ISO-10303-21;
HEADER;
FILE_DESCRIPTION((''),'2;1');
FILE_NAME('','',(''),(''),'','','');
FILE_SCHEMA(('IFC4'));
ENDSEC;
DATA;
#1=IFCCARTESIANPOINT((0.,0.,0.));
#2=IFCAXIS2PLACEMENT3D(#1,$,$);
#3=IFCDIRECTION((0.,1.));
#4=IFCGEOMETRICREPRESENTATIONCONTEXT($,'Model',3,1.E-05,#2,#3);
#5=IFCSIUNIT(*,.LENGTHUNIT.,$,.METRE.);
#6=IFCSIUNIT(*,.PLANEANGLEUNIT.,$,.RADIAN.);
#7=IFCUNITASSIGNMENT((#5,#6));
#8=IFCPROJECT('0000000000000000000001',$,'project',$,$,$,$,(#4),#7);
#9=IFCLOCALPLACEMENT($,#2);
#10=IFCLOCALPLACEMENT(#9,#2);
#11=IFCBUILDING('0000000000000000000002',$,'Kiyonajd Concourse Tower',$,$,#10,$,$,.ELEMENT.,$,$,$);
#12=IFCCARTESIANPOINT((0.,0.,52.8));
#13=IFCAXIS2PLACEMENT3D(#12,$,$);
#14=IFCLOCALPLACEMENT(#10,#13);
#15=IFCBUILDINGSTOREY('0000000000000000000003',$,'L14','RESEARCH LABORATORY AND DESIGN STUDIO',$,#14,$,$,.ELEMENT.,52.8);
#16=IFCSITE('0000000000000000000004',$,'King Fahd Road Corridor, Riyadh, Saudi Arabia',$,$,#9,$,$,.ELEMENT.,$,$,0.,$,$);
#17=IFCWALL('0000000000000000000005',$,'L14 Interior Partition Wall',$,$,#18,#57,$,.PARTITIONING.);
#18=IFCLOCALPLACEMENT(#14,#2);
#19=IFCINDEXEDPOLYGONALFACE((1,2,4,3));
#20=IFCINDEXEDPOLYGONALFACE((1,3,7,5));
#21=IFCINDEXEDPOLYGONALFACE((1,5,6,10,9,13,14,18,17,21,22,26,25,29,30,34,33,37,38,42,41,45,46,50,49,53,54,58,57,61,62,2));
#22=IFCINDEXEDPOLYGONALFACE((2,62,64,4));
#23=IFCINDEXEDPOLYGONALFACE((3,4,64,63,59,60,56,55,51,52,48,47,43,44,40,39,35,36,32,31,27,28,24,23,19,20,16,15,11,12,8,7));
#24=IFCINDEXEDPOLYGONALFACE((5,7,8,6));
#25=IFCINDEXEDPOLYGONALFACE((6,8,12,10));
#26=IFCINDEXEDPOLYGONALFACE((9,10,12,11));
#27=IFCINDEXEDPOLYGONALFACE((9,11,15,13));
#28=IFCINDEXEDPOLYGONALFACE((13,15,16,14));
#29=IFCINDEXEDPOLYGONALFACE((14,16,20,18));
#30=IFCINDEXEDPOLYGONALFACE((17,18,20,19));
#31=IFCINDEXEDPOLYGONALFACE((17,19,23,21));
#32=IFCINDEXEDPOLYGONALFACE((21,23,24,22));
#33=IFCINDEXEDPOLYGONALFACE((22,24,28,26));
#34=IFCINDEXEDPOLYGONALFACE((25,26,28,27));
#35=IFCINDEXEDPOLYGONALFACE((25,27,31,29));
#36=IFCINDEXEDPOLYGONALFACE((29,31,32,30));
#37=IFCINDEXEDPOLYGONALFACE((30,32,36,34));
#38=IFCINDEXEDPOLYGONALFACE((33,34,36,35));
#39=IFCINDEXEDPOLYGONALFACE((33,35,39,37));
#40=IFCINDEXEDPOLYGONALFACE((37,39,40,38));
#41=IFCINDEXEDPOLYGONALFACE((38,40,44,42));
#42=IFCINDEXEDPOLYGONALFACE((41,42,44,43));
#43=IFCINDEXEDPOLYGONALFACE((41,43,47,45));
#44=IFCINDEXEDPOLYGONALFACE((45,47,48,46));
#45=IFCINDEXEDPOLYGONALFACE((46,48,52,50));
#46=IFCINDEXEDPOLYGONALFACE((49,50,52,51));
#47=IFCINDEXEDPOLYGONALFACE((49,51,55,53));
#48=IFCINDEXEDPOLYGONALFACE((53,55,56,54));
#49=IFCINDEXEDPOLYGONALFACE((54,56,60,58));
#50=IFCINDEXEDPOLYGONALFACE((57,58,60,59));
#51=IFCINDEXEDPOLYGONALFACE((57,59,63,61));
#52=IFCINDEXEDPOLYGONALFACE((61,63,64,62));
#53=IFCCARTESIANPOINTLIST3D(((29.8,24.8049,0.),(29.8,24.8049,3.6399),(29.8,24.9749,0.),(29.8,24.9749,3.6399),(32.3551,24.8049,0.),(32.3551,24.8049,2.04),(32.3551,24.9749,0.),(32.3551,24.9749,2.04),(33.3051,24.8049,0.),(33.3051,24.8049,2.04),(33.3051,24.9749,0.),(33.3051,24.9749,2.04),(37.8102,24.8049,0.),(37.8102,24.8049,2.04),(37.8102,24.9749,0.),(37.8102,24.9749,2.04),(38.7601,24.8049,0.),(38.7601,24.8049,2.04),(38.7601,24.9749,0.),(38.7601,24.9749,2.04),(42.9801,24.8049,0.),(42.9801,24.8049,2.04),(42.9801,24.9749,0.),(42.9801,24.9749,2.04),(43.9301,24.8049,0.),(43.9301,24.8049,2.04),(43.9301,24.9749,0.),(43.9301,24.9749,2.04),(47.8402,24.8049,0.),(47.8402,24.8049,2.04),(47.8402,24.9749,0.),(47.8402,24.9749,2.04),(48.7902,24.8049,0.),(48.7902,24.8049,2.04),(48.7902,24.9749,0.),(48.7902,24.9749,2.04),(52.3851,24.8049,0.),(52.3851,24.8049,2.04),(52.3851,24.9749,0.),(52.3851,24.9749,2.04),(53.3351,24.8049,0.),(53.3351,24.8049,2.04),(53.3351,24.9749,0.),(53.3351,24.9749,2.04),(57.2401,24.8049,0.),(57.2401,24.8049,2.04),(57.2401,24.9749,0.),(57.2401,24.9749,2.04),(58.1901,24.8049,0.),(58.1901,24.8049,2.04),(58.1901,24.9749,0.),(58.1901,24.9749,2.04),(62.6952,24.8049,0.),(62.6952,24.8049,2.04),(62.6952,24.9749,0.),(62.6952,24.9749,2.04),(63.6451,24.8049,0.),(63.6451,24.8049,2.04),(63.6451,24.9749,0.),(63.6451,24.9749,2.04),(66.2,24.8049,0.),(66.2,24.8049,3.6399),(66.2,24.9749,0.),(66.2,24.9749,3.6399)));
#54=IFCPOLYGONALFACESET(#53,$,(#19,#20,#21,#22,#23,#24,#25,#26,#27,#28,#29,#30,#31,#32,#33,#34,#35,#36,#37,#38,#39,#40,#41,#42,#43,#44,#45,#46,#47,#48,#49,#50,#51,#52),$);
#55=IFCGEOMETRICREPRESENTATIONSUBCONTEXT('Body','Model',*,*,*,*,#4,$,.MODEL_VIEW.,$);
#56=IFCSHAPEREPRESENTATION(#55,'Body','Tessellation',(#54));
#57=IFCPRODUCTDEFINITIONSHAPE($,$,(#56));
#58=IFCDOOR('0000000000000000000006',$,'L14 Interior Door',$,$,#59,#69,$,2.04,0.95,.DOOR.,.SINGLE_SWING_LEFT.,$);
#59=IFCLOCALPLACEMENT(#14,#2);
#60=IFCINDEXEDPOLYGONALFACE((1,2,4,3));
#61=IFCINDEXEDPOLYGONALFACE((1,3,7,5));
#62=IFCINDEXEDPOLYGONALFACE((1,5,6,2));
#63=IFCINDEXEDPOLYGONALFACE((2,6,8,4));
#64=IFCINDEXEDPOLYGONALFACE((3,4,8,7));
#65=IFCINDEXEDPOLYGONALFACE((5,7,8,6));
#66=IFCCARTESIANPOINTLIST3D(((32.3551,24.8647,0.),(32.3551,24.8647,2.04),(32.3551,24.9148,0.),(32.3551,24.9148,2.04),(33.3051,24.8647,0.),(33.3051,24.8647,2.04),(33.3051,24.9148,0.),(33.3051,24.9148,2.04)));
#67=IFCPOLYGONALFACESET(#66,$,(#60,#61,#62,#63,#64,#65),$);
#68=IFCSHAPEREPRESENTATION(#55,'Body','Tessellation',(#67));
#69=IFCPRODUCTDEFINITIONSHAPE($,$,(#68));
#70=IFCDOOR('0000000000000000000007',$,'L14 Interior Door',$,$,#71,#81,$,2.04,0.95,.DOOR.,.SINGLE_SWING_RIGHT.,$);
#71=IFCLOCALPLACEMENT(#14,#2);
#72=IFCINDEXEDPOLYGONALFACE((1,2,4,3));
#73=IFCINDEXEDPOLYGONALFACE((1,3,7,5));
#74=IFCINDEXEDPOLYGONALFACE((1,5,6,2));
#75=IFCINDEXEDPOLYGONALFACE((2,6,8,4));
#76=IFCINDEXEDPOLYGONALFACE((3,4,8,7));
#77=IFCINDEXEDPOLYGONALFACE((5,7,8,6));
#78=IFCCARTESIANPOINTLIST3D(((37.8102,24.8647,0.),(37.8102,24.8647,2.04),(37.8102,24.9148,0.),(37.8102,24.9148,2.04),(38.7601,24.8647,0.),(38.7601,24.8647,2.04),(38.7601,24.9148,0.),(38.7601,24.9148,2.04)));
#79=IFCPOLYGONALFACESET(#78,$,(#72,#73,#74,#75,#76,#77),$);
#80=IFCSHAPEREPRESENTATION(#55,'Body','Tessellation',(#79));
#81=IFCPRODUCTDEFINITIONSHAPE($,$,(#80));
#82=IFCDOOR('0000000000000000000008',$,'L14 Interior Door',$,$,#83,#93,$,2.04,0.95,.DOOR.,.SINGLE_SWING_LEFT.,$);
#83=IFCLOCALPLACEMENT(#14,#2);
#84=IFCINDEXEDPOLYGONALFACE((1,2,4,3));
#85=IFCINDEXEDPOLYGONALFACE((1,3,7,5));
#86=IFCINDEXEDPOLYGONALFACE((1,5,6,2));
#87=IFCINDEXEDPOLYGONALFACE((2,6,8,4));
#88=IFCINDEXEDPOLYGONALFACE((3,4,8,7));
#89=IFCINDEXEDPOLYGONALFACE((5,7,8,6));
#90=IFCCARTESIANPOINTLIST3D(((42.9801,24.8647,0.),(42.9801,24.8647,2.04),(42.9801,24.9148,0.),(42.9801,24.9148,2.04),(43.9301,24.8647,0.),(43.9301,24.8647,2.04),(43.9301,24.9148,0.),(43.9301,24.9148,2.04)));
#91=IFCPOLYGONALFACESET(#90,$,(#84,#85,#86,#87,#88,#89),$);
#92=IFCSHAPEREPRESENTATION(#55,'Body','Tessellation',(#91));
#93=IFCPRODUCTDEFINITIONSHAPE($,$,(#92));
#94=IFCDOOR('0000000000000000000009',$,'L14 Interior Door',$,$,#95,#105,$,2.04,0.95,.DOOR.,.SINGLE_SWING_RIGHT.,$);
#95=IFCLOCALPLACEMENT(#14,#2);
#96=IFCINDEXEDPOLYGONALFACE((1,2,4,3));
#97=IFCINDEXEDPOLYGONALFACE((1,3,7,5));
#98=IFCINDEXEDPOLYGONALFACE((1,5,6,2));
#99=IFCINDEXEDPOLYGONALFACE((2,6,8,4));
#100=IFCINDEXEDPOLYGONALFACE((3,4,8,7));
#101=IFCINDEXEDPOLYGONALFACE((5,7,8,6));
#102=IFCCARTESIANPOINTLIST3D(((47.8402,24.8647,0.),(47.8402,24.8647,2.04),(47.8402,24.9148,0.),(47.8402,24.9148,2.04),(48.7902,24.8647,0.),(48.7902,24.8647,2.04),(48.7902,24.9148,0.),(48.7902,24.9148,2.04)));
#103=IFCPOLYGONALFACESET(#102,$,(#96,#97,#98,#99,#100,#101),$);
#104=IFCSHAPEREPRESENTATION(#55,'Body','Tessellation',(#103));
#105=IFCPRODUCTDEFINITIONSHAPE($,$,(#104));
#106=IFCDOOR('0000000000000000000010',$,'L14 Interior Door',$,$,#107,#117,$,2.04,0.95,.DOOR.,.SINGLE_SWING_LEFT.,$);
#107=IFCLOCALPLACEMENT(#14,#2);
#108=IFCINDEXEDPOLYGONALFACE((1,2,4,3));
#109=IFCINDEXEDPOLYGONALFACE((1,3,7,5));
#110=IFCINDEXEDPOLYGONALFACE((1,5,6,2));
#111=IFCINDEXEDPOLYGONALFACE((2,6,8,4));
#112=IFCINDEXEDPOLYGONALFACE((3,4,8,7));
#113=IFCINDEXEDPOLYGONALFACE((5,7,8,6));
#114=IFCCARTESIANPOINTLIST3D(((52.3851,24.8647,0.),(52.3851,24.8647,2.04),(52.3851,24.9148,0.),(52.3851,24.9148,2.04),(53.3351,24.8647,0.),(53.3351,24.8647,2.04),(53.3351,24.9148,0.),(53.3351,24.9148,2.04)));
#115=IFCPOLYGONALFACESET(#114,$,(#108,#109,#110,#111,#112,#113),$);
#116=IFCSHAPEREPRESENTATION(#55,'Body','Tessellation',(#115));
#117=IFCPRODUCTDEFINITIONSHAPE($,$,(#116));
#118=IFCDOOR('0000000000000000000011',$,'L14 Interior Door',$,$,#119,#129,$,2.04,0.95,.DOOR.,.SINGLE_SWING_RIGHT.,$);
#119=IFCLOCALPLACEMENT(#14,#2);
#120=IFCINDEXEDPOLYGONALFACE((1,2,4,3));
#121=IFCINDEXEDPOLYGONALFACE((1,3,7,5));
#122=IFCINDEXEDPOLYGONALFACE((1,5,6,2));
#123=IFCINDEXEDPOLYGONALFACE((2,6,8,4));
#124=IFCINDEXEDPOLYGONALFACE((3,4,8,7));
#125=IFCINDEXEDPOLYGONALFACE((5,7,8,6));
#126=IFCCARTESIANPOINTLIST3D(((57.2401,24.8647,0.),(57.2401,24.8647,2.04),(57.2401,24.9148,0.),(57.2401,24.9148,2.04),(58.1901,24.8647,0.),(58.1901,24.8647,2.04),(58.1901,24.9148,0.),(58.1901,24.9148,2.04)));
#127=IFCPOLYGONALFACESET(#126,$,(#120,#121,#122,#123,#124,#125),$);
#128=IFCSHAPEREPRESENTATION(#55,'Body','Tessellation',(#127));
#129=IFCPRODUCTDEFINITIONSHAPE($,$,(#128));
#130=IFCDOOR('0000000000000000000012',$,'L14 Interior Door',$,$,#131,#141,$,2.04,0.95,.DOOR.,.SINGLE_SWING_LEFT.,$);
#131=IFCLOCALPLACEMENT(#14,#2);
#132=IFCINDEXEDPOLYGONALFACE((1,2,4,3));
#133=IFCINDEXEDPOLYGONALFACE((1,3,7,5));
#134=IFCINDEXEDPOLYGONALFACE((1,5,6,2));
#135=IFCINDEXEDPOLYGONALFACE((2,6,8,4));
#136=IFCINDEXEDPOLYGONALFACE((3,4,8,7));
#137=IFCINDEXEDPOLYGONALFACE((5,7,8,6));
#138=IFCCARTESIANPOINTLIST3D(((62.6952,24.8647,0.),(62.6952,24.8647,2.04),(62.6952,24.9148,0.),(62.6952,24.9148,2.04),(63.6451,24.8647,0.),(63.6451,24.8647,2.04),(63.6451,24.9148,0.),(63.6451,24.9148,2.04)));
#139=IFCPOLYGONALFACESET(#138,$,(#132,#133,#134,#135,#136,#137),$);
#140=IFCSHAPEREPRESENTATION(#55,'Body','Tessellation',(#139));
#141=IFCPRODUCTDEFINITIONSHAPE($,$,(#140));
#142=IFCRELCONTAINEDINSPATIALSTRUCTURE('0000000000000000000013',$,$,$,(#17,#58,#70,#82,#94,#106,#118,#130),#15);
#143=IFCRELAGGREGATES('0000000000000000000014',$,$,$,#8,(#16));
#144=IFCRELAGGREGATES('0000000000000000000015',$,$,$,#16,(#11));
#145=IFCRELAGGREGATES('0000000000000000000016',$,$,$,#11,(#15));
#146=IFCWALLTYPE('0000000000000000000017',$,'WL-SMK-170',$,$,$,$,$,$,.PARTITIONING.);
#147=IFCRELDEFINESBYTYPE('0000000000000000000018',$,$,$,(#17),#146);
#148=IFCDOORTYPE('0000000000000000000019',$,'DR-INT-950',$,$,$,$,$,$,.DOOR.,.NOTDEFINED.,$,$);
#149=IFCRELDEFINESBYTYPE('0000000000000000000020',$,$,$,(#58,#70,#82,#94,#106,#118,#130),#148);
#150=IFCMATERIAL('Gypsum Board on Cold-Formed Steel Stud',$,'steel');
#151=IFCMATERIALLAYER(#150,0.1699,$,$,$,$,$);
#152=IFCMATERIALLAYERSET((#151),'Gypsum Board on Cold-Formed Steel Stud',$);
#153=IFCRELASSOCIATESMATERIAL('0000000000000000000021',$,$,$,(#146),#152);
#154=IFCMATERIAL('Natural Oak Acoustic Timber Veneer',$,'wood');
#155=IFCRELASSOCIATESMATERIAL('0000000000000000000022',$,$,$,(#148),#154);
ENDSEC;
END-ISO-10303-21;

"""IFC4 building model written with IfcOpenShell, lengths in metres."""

from ifc_helpers import new_model, si_unit, direction, frame, frame_2d, origin, place, context, subcontext, project, spatial, rectangle, extrude, material, layer, layer_set, type_object, element, fill, save


model = new_model("IFC4")

# Units and contexts
model_context = context("Model", 3, precision=1e-05, world=origin(), true_north=direction((0.0, 1.0)))
body_context = subcontext(model_context, "Body", "Model", "MODEL_VIEW")
ifc_project = project(units=[si_unit("LENGTHUNIT", "METRE"), si_unit("PLANEANGLEUNIT", "RADIAN")], contexts=[model_context])

# Site, building, storey
site_placement = place(None, origin())
site = spatial("IfcSite", under=ifc_project, at=site_placement, Name="King Fahd Road Corridor, Riyadh, Saudi Arabia", CompositionType="ELEMENT", RefElevation=0.0)
building_placement = place(site_placement, origin())
building = spatial("IfcBuilding", under=site, at=building_placement, Name="Kiyonajd Concourse Tower", CompositionType="ELEMENT")
storey_placement = place(building_placement, frame((0.0, 0.0, 52.8)))
storey = spatial("IfcBuildingStorey", under=building, at=storey_placement, Name="L14", Description="RESEARCH LABORATORY AND DESIGN STUDIO", CompositionType="ELEMENT", Elevation=52.8)

# Wall, openings, doors
ifc_material_1 = material(Name="Gypsum Board on Cold-Formed Steel Stud", Category="steel")
ifc_layer_1 = layer(ifc_material_1, 0.1699)
ifc_layer_set_1 = layer_set([ifc_layer_1], Name="Gypsum Board on Cold-Formed Steel Stud")
wall_type_1 = type_object("IfcWallType", Name="WL-SMK-170", PredefinedType="PARTITIONING", material=ifc_layer_set_1)
wall_1_placement = place(storey_placement, frame((29.8, 24.8899, 0.0), z_axis=(0.0, 0.0, 1.0), x_axis=(1.0, 0.0, 0.0)))
wall_1 = element("IfcWall", 1, at=wall_1_placement, inside=storey, type_object=wall_type_1, Name="L14 Interior Partition Wall", PredefinedType="PARTITIONING", context=body_context, shape_type="SweptSolid", body=[
    extrude(rectangle(XDim=36.3999, YDim=0.1699, at=frame_2d((18.2, 0.0))), origin(), (0.0, 0.0, 1.0), 3.6399),
])
opening_1_placement = place(wall_1_placement, frame((2.5549, 0.0, 0.0)))
opening_1 = element("IfcOpeningElement", 2, at=opening_1_placement, cuts=wall_1, PredefinedType="OPENING", context=body_context, shape_type="SweptSolid", body=[
    extrude(rectangle(XDim=0.95, YDim=2.04, at=frame_2d((0.4751, 1.02))), frame((0.0, 0.095, 0.0), z_axis=(0.0, -1.0, 0.0), x_axis=(1.0, 0.0, 0.0)), (0.0, 0.0, 1.0), 0.1899),
])
opening_2_placement = place(wall_1_placement, frame((8.01, 0.0, 0.0)))
opening_2 = element("IfcOpeningElement", 3, at=opening_2_placement, cuts=wall_1, PredefinedType="OPENING", context=body_context, shape_type="SweptSolid", body=[
    extrude(rectangle(XDim=0.95, YDim=2.04, at=frame_2d((0.4751, 1.02))), frame((0.0, 0.095, 0.0), z_axis=(0.0, -1.0, 0.0), x_axis=(1.0, 0.0, 0.0)), (0.0, 0.0, 1.0), 0.1899),
])
opening_3_placement = place(wall_1_placement, frame((13.1799, 0.0, 0.0)))
opening_3 = element("IfcOpeningElement", 4, at=opening_3_placement, cuts=wall_1, PredefinedType="OPENING", context=body_context, shape_type="SweptSolid", body=[
    extrude(rectangle(XDim=0.95, YDim=2.04, at=frame_2d((0.4751, 1.02))), frame((0.0, 0.095, 0.0), z_axis=(0.0, -1.0, 0.0), x_axis=(1.0, 0.0, 0.0)), (0.0, 0.0, 1.0), 0.1899),
])
opening_4_placement = place(wall_1_placement, frame((18.04, 0.0, 0.0)))
opening_4 = element("IfcOpeningElement", 5, at=opening_4_placement, cuts=wall_1, PredefinedType="OPENING", context=body_context, shape_type="SweptSolid", body=[
    extrude(rectangle(XDim=0.95, YDim=2.04, at=frame_2d((0.4751, 1.02))), frame((0.0, 0.095, 0.0), z_axis=(0.0, -1.0, 0.0), x_axis=(1.0, 0.0, 0.0)), (0.0, 0.0, 1.0), 0.1899),
])
opening_5_placement = place(wall_1_placement, frame((22.585, 0.0, 0.0)))
opening_5 = element("IfcOpeningElement", 6, at=opening_5_placement, cuts=wall_1, PredefinedType="OPENING", context=body_context, shape_type="SweptSolid", body=[
    extrude(rectangle(XDim=0.95, YDim=2.04, at=frame_2d((0.4751, 1.02))), frame((0.0, 0.095, 0.0), z_axis=(0.0, -1.0, 0.0), x_axis=(1.0, 0.0, 0.0)), (0.0, 0.0, 1.0), 0.1899),
])
opening_6_placement = place(wall_1_placement, frame((27.4399, 0.0, 0.0)))
opening_6 = element("IfcOpeningElement", 7, at=opening_6_placement, cuts=wall_1, PredefinedType="OPENING", context=body_context, shape_type="SweptSolid", body=[
    extrude(rectangle(XDim=0.95, YDim=2.04, at=frame_2d((0.4751, 1.02))), frame((0.0, 0.095, 0.0), z_axis=(0.0, -1.0, 0.0), x_axis=(1.0, 0.0, 0.0)), (0.0, 0.0, 1.0), 0.1899),
])
opening_7_placement = place(wall_1_placement, frame((32.895, 0.0, 0.0)))
opening_7 = element("IfcOpeningElement", 8, at=opening_7_placement, cuts=wall_1, PredefinedType="OPENING", context=body_context, shape_type="SweptSolid", body=[
    extrude(rectangle(XDim=0.95, YDim=2.04, at=frame_2d((0.4751, 1.02))), frame((0.0, 0.095, 0.0), z_axis=(0.0, -1.0, 0.0), x_axis=(1.0, 0.0, 0.0)), (0.0, 0.0, 1.0), 0.1899),
])
ifc_material_2 = material(Name="Natural Oak Acoustic Timber Veneer", Category="wood")
door_type_1 = type_object("IfcDoorType", Name="DR-INT-950", OperationType="NOTDEFINED", PredefinedType="DOOR", material=ifc_material_2)
door_1_placement = place(opening_1_placement, origin())
door_1 = element("IfcDoor", 9, at=door_1_placement, inside=storey, type_object=door_type_1, Name="L14 Interior Door", OperationType="SINGLE_SWING_LEFT", OverallHeight=2.04, OverallWidth=0.95, PredefinedType="DOOR", context=body_context, shape_type="SweptSolid", body=[
    extrude(rectangle(XDim=0.95, YDim=2.04, at=frame_2d((0.4751, 1.02))), frame((0.0, 0.0249, 0.0), z_axis=(0.0, -1.0, 0.0), x_axis=(1.0, 0.0, 0.0)), (0.0, 0.0, 1.0), 0.05),
])
fill(opening_1, door_1)
door_2_placement = place(opening_2_placement, origin())
door_2 = element("IfcDoor", 10, at=door_2_placement, inside=storey, type_object=door_type_1, Name="L14 Interior Door", OperationType="SINGLE_SWING_RIGHT", OverallHeight=2.04, OverallWidth=0.95, PredefinedType="DOOR", context=body_context, shape_type="SweptSolid", body=[
    extrude(rectangle(XDim=0.95, YDim=2.04, at=frame_2d((0.4751, 1.02))), frame((0.0, 0.0249, 0.0), z_axis=(0.0, -1.0, 0.0), x_axis=(1.0, 0.0, 0.0)), (0.0, 0.0, 1.0), 0.05),
])
fill(opening_2, door_2)
door_3_placement = place(opening_3_placement, origin())
door_3 = element("IfcDoor", 11, at=door_3_placement, inside=storey, type_object=door_type_1, Name="L14 Interior Door", OperationType="SINGLE_SWING_LEFT", OverallHeight=2.04, OverallWidth=0.95, PredefinedType="DOOR", context=body_context, shape_type="SweptSolid", body=[
    extrude(rectangle(XDim=0.95, YDim=2.04, at=frame_2d((0.4751, 1.02))), frame((0.0, 0.0249, 0.0), z_axis=(0.0, -1.0, 0.0), x_axis=(1.0, 0.0, 0.0)), (0.0, 0.0, 1.0), 0.05),
])
fill(opening_3, door_3)
door_4_placement = place(opening_4_placement, origin())
door_4 = element("IfcDoor", 12, at=door_4_placement, inside=storey, type_object=door_type_1, Name="L14 Interior Door", OperationType="SINGLE_SWING_RIGHT", OverallHeight=2.04, OverallWidth=0.95, PredefinedType="DOOR", context=body_context, shape_type="SweptSolid", body=[
    extrude(rectangle(XDim=0.95, YDim=2.04, at=frame_2d((0.4751, 1.02))), frame((0.0, 0.0249, 0.0), z_axis=(0.0, -1.0, 0.0), x_axis=(1.0, 0.0, 0.0)), (0.0, 0.0, 1.0), 0.05),
])
fill(opening_4, door_4)
door_5_placement = place(opening_5_placement, origin())
door_5 = element("IfcDoor", 13, at=door_5_placement, inside=storey, type_object=door_type_1, Name="L14 Interior Door", OperationType="SINGLE_SWING_LEFT", OverallHeight=2.04, OverallWidth=0.95, PredefinedType="DOOR", context=body_context, shape_type="SweptSolid", body=[
    extrude(rectangle(XDim=0.95, YDim=2.04, at=frame_2d((0.4751, 1.02))), frame((0.0, 0.0249, 0.0), z_axis=(0.0, -1.0, 0.0), x_axis=(1.0, 0.0, 0.0)), (0.0, 0.0, 1.0), 0.05),
])
fill(opening_5, door_5)
door_6_placement = place(opening_6_placement, origin())
door_6 = element("IfcDoor", 14, at=door_6_placement, inside=storey, type_object=door_type_1, Name="L14 Interior Door", OperationType="SINGLE_SWING_RIGHT", OverallHeight=2.04, OverallWidth=0.95, PredefinedType="DOOR", context=body_context, shape_type="SweptSolid", body=[
    extrude(rectangle(XDim=0.95, YDim=2.04, at=frame_2d((0.4751, 1.02))), frame((0.0, 0.0249, 0.0), z_axis=(0.0, -1.0, 0.0), x_axis=(1.0, 0.0, 0.0)), (0.0, 0.0, 1.0), 0.05),
])
fill(opening_6, door_6)
door_7_placement = place(opening_7_placement, origin())
door_7 = element("IfcDoor", 15, at=door_7_placement, inside=storey, type_object=door_type_1, Name="L14 Interior Door", OperationType="SINGLE_SWING_LEFT", OverallHeight=2.04, OverallWidth=0.95, PredefinedType="DOOR", context=body_context, shape_type="SweptSolid", body=[
    extrude(rectangle(XDim=0.95, YDim=2.04, at=frame_2d((0.4751, 1.02))), frame((0.0, 0.0249, 0.0), z_axis=(0.0, -1.0, 0.0), x_axis=(1.0, 0.0, 0.0)), (0.0, 0.0, 1.0), 0.05),
])
fill(opening_7, door_7)

save(model, "model.ifc")
